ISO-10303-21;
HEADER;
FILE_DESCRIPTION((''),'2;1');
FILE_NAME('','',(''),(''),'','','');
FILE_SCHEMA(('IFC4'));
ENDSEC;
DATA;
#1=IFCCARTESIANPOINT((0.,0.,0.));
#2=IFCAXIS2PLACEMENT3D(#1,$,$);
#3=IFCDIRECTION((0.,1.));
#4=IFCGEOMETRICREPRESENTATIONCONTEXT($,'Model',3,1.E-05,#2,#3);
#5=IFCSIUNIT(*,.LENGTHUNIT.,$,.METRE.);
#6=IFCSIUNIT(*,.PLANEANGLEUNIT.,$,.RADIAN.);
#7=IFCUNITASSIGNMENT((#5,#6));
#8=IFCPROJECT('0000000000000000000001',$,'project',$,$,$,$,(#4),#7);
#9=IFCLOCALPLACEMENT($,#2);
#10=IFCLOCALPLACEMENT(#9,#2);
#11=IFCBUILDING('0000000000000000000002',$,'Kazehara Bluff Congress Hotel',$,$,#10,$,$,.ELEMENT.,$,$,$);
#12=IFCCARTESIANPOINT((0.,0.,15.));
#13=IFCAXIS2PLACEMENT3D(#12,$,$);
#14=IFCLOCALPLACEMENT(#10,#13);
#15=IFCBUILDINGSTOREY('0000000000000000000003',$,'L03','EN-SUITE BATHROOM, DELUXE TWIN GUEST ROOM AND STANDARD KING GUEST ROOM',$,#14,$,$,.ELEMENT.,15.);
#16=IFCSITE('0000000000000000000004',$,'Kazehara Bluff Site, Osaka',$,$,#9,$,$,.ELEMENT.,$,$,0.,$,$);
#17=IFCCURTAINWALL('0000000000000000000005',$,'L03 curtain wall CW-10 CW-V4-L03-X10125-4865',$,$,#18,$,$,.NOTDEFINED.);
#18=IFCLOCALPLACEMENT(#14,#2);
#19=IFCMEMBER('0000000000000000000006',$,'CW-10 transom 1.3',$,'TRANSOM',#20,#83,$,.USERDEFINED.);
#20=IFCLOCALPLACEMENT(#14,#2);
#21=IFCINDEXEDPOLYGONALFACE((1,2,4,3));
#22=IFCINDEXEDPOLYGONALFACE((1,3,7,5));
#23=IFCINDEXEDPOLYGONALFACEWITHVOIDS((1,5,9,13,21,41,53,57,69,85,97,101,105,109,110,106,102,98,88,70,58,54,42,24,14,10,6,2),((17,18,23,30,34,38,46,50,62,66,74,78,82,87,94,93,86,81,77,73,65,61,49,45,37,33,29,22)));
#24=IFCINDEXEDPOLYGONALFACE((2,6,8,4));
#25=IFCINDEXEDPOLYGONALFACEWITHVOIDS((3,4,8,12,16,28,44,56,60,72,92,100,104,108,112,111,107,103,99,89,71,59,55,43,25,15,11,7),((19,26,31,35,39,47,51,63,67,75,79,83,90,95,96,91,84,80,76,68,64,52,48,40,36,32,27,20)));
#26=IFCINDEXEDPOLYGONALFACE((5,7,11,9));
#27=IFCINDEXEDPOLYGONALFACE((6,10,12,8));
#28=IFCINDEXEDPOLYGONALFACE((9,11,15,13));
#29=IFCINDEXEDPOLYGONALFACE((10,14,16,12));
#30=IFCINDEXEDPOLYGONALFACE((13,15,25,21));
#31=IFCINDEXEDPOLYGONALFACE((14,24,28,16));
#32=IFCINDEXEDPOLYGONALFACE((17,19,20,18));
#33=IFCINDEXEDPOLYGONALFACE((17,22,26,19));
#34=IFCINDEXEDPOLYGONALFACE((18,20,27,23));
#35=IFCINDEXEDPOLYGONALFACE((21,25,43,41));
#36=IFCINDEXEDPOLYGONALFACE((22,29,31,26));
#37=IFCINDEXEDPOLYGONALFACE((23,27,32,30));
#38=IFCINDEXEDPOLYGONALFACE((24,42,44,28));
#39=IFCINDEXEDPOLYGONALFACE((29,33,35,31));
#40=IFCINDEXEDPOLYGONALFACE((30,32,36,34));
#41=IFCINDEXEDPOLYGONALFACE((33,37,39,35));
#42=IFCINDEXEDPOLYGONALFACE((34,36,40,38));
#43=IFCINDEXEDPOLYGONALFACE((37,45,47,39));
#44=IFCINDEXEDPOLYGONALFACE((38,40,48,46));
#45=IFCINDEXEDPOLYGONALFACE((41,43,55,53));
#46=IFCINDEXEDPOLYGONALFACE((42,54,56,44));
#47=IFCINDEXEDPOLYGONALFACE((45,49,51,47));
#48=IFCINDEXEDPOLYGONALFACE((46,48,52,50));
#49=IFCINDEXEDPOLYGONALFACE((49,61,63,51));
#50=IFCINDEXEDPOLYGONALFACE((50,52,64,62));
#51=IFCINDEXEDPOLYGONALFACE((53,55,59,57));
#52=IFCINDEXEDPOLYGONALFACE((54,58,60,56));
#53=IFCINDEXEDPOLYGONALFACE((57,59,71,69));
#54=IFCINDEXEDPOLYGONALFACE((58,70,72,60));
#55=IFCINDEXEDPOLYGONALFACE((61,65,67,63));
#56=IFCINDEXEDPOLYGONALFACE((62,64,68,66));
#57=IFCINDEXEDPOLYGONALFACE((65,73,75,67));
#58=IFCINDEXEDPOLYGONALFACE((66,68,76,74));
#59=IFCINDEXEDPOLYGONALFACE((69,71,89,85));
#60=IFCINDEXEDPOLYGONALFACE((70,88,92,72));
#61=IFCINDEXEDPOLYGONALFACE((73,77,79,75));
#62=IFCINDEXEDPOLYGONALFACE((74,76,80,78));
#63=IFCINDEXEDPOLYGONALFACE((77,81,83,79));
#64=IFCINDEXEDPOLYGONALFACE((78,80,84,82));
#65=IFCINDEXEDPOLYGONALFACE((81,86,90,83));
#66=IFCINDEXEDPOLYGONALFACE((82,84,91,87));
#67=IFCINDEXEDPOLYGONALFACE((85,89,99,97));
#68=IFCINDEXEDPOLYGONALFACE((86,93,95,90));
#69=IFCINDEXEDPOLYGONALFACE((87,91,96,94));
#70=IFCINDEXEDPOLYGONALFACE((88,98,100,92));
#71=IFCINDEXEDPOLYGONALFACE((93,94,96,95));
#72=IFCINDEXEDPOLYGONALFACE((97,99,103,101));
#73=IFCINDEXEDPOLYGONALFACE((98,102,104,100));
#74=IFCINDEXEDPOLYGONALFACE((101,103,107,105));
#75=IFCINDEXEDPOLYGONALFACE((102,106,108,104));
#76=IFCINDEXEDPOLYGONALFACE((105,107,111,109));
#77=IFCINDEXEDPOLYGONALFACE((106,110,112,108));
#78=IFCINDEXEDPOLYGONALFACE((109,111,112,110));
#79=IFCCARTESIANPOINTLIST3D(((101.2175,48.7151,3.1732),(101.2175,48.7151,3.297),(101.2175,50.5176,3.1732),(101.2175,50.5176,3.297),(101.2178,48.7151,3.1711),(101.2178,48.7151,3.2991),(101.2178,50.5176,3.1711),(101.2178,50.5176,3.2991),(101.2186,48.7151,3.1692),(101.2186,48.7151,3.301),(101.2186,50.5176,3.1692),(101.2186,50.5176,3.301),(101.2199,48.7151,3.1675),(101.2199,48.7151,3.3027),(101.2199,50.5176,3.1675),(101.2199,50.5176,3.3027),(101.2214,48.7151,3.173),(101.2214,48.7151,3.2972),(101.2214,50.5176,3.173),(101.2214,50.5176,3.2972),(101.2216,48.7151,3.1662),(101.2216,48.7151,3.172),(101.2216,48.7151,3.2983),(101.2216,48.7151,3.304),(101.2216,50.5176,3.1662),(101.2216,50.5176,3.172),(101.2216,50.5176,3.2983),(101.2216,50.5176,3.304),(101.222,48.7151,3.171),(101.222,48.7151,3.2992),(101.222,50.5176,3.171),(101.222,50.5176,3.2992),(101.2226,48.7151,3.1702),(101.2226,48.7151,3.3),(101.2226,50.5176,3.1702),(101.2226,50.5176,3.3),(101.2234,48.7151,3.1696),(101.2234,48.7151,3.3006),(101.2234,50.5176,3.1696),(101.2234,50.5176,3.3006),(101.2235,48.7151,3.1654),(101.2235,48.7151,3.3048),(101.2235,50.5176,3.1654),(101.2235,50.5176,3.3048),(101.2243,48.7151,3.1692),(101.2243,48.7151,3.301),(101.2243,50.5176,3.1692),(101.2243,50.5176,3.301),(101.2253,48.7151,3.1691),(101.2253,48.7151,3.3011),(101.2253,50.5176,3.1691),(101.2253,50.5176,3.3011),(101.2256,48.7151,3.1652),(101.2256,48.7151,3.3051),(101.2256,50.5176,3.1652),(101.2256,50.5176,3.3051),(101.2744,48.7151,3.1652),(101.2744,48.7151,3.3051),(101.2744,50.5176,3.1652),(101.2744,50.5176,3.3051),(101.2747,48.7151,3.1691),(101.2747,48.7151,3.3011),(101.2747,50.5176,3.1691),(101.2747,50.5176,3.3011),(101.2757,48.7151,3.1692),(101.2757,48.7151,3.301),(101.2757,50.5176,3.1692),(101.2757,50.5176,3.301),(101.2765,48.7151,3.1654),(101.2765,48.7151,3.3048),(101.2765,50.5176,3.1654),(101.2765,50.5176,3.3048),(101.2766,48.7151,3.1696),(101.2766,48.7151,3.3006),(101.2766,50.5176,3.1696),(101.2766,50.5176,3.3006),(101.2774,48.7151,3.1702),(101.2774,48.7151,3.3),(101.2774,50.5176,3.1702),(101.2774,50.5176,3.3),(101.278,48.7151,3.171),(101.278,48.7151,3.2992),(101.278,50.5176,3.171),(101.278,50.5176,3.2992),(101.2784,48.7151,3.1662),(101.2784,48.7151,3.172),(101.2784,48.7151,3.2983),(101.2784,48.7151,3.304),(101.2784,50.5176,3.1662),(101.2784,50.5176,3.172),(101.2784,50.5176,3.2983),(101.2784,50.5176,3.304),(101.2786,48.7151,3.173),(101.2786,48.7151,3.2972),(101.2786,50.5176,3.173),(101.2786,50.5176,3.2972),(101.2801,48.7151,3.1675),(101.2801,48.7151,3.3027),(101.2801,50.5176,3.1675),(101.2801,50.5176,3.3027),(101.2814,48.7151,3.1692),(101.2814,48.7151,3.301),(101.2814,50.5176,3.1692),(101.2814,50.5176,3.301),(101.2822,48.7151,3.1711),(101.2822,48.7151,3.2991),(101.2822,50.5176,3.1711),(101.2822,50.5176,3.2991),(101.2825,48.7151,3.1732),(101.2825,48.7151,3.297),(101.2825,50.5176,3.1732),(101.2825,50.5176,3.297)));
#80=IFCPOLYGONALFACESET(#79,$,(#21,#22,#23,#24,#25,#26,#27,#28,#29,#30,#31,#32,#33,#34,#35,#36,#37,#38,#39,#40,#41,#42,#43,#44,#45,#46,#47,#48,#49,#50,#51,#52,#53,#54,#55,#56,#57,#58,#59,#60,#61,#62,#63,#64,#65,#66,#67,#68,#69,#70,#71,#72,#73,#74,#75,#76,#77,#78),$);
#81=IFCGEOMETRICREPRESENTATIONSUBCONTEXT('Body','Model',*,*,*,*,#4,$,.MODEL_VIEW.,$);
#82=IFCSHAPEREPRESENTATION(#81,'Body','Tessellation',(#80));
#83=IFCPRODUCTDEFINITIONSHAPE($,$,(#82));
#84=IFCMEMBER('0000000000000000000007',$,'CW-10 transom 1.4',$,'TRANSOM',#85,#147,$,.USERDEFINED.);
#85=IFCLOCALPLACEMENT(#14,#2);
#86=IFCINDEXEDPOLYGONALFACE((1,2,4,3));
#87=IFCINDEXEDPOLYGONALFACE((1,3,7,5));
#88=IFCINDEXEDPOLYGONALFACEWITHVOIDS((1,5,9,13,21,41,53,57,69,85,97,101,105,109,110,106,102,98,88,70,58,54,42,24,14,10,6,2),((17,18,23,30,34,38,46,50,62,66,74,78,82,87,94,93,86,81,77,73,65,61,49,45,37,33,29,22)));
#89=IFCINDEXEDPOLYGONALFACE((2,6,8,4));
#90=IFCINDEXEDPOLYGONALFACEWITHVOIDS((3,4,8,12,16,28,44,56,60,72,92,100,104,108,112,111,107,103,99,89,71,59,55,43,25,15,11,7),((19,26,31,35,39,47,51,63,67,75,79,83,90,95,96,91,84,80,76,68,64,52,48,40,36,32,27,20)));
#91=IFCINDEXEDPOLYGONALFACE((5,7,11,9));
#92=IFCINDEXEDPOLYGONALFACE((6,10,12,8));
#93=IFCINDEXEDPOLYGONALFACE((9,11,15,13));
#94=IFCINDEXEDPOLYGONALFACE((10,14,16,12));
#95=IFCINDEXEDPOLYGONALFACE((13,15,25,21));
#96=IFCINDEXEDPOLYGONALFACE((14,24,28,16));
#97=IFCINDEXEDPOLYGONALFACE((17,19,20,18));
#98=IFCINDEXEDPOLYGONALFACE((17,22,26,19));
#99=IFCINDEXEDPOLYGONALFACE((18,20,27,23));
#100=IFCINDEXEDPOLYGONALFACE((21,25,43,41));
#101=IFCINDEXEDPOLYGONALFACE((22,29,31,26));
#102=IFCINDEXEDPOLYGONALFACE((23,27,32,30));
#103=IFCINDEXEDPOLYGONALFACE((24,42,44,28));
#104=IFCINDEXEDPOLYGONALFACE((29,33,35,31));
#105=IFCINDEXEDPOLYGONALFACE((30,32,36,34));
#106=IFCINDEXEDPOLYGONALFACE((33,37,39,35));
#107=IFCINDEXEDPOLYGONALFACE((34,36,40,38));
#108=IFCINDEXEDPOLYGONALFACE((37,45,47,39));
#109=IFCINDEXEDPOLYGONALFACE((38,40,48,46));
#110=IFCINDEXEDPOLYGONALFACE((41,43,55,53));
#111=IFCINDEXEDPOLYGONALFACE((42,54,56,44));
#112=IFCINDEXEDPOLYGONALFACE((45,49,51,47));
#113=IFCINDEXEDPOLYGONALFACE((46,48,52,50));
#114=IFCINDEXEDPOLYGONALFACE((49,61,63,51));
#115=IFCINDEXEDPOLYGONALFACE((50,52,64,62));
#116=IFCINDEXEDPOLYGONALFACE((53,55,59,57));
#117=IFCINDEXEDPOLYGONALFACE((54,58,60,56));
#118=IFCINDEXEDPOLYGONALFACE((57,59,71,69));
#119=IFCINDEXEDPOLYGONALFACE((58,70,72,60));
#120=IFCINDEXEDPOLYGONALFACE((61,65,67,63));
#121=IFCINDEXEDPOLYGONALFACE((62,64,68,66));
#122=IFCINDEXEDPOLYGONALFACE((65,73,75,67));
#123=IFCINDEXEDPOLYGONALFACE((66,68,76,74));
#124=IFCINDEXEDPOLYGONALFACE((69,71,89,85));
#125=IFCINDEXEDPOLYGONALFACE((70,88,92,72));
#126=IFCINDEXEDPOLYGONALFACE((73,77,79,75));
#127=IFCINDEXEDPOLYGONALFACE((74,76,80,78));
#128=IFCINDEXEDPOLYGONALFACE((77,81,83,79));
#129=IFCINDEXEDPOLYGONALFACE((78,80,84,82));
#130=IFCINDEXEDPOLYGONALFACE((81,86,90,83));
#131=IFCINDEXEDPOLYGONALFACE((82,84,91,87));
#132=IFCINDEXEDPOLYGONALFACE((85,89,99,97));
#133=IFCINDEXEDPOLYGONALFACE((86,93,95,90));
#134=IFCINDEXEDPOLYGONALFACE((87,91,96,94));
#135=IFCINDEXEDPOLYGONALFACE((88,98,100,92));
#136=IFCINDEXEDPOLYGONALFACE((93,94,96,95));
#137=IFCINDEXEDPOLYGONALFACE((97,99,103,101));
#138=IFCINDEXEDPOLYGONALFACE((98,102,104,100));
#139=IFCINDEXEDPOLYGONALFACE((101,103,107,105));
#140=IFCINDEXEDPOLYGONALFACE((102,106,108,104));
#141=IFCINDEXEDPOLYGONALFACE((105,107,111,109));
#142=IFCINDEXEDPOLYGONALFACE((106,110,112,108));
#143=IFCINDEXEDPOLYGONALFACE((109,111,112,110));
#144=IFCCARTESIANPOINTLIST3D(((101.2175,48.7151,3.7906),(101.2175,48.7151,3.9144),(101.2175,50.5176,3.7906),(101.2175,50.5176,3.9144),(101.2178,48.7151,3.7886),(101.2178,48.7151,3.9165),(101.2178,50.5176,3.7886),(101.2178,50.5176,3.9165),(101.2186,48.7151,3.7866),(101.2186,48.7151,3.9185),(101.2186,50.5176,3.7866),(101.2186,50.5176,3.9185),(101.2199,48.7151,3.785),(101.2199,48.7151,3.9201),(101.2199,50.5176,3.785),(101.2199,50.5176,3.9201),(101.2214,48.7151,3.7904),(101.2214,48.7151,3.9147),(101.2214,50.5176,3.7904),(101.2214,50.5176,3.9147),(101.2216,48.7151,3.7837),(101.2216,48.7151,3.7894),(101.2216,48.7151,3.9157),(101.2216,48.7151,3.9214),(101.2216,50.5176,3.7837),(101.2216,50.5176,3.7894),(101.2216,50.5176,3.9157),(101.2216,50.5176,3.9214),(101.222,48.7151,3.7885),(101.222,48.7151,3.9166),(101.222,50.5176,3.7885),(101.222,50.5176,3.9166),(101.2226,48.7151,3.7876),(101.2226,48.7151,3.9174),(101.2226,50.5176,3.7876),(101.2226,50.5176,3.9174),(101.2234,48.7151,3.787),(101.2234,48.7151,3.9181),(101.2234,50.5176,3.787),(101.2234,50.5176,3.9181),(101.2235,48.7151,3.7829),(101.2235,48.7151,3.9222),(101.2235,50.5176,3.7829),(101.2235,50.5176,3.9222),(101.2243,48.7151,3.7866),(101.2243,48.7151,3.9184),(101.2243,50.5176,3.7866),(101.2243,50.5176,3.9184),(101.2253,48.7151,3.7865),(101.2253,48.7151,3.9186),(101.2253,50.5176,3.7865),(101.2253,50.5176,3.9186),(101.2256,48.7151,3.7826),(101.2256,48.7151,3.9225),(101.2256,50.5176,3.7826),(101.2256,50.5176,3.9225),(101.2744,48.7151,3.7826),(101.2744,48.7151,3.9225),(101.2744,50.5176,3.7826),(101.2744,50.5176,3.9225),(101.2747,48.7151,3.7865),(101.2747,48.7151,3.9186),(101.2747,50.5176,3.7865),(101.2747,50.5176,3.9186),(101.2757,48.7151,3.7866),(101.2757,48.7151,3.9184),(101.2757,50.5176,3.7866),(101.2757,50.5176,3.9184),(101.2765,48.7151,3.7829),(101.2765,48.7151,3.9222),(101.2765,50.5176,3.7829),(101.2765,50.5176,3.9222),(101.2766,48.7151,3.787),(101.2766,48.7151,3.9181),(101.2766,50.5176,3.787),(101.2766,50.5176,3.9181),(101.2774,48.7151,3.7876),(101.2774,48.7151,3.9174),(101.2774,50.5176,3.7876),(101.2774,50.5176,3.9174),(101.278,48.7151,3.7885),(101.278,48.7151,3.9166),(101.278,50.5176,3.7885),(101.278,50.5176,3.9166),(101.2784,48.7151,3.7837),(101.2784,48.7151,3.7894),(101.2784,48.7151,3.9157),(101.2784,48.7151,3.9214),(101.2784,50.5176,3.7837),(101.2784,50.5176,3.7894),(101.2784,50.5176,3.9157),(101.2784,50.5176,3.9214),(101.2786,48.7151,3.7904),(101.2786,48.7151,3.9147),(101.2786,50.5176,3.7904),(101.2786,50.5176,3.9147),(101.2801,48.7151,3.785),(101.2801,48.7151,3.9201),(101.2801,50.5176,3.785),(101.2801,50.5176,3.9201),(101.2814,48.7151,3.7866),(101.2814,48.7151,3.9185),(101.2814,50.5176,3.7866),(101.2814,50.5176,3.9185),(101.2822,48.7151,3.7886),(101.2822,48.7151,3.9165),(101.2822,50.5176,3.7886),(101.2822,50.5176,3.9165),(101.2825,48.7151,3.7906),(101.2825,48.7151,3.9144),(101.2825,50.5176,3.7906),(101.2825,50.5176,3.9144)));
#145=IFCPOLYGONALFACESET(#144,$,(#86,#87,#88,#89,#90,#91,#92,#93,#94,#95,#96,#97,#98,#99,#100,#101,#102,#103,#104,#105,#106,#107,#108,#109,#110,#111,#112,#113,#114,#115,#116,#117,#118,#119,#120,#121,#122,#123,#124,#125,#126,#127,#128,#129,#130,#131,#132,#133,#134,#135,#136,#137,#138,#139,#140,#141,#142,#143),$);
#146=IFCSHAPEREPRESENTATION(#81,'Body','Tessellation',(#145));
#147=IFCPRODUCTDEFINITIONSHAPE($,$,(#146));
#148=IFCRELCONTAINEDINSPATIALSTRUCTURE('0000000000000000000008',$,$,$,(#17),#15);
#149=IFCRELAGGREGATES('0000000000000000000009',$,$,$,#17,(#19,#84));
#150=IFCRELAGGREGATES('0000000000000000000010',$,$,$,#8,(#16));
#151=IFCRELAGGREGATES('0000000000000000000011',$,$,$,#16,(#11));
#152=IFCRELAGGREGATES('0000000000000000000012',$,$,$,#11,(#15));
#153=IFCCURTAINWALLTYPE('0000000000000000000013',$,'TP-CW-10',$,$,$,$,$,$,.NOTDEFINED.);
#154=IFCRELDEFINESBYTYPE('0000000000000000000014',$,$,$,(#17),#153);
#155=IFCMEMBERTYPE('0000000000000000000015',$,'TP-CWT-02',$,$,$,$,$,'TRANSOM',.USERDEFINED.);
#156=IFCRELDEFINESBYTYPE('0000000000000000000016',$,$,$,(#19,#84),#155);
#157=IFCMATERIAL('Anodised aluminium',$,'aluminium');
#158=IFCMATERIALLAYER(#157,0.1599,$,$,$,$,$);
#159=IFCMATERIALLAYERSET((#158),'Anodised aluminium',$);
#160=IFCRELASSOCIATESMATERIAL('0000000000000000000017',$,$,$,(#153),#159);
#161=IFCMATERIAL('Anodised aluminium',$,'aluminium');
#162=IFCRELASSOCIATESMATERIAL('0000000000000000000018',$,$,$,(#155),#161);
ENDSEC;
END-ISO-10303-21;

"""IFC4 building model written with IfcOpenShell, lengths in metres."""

from ifc_helpers import new_model, si_unit, direction, frame, origin, origin_2d, place, context, subcontext, project, spatial, hollow_rectangle, extrude, material, layer, layer_set, material_profile, profile_set, type_object, element, aggregate, save


model = new_model("IFC4")

# Units and contexts
model_context = context("Model", 3, precision=1e-05, world=origin(), true_north=direction((0.0, 1.0)))
body_context = subcontext(model_context, "Body", "Model", "MODEL_VIEW")
ifc_project = project(units=[si_unit("LENGTHUNIT", "METRE"), si_unit("PLANEANGLEUNIT", "RADIAN")], contexts=[model_context])

# Site, building, storey
site_placement = place(None, origin())
site = spatial("IfcSite", under=ifc_project, at=site_placement, Name="Kazehara Bluff Site, Osaka", CompositionType="ELEMENT", RefElevation=0.0)
building_placement = place(site_placement, origin())
building = spatial("IfcBuilding", under=site, at=building_placement, Name="Kazehara Bluff Congress Hotel", CompositionType="ELEMENT")
storey_placement = place(building_placement, frame((0.0, 0.0, 15.0)))
storey = spatial("IfcBuildingStorey", under=building, at=storey_placement, Name="L03", Description="EN-SUITE BATHROOM, DELUXE TWIN GUEST ROOM AND STANDARD KING GUEST ROOM", CompositionType="ELEMENT", Elevation=15.0)

# Curtain wall
ifc_material_1 = material(Name="Anodised aluminium", Category="aluminium")
ifc_layer_1 = layer(ifc_material_1, 0.1599)
ifc_layer_set_1 = layer_set([ifc_layer_1], Name="Anodised aluminium")
curtain_wall_type_1 = type_object("IfcCurtainWallType", Name="TP-CW-10", PredefinedType="NOTDEFINED", material=ifc_layer_set_1)
curtain_wall_1_placement = place(storey_placement, origin())
curtain_wall_1 = element("IfcCurtainWall", 1, at=curtain_wall_1_placement, inside=storey, type_object=curtain_wall_type_1, Name="L03 curtain wall CW-10 CW-V4-L03-X10125-4865", PredefinedType="NOTDEFINED")

# Members
ifc_material_2 = material(Name="Anodised aluminium", Category="aluminium")
ifc_material_profile_1 = material_profile(ifc_material_2, hollow_rectangle(XDim=0.0649, YDim=0.1399, WallThickness=0.0039, InnerFilletRadius=0.0039, OuterFilletRadius=0.0081, at=origin_2d()))
ifc_profile_set_1 = profile_set([ifc_material_profile_1], Name="Anodised aluminium")
member_type_1 = type_object("IfcMemberType", Name="TP-CWT-02", ElementType="TRANSOM", PredefinedType="USERDEFINED", material=ifc_profile_set_1)
member_1_placement = place(storey_placement, frame((101.25, 48.7151, 3.2351), z_axis=(0.0, 1.0, 0.0), x_axis=(-1.0, 0.0, 0.0)))
member_1 = element("IfcMember", 2, at=member_1_placement, type_object=member_type_1, Name="CW-10 transom 1.3", ObjectType="TRANSOM", PredefinedType="USERDEFINED", context=body_context, shape_type="SweptSolid", body=[
    extrude(hollow_rectangle(XDim=0.0649, YDim=0.1399, WallThickness=0.0039, InnerFilletRadius=0.0039, OuterFilletRadius=0.0081, at=origin_2d()), origin(), (0.0, 0.0, 1.0), 1.8025),
])
member_2_placement = place(storey_placement, frame((101.25, 48.7151, 3.8525), z_axis=(0.0, 1.0, 0.0), x_axis=(-1.0, 0.0, 0.0)))
member_2 = element("IfcMember", 3, at=member_2_placement, type_object=member_type_1, Name="CW-10 transom 1.4", ObjectType="TRANSOM", PredefinedType="USERDEFINED", context=body_context, shape_type="SweptSolid", body=[
    extrude(hollow_rectangle(XDim=0.0649, YDim=0.1399, WallThickness=0.0039, InnerFilletRadius=0.0039, OuterFilletRadius=0.0081, at=origin_2d()), origin(), (0.0, 0.0, 1.0), 1.8025),
])

aggregate(curtain_wall_1, [member_1, member_2])

save(model, "model.ifc")
